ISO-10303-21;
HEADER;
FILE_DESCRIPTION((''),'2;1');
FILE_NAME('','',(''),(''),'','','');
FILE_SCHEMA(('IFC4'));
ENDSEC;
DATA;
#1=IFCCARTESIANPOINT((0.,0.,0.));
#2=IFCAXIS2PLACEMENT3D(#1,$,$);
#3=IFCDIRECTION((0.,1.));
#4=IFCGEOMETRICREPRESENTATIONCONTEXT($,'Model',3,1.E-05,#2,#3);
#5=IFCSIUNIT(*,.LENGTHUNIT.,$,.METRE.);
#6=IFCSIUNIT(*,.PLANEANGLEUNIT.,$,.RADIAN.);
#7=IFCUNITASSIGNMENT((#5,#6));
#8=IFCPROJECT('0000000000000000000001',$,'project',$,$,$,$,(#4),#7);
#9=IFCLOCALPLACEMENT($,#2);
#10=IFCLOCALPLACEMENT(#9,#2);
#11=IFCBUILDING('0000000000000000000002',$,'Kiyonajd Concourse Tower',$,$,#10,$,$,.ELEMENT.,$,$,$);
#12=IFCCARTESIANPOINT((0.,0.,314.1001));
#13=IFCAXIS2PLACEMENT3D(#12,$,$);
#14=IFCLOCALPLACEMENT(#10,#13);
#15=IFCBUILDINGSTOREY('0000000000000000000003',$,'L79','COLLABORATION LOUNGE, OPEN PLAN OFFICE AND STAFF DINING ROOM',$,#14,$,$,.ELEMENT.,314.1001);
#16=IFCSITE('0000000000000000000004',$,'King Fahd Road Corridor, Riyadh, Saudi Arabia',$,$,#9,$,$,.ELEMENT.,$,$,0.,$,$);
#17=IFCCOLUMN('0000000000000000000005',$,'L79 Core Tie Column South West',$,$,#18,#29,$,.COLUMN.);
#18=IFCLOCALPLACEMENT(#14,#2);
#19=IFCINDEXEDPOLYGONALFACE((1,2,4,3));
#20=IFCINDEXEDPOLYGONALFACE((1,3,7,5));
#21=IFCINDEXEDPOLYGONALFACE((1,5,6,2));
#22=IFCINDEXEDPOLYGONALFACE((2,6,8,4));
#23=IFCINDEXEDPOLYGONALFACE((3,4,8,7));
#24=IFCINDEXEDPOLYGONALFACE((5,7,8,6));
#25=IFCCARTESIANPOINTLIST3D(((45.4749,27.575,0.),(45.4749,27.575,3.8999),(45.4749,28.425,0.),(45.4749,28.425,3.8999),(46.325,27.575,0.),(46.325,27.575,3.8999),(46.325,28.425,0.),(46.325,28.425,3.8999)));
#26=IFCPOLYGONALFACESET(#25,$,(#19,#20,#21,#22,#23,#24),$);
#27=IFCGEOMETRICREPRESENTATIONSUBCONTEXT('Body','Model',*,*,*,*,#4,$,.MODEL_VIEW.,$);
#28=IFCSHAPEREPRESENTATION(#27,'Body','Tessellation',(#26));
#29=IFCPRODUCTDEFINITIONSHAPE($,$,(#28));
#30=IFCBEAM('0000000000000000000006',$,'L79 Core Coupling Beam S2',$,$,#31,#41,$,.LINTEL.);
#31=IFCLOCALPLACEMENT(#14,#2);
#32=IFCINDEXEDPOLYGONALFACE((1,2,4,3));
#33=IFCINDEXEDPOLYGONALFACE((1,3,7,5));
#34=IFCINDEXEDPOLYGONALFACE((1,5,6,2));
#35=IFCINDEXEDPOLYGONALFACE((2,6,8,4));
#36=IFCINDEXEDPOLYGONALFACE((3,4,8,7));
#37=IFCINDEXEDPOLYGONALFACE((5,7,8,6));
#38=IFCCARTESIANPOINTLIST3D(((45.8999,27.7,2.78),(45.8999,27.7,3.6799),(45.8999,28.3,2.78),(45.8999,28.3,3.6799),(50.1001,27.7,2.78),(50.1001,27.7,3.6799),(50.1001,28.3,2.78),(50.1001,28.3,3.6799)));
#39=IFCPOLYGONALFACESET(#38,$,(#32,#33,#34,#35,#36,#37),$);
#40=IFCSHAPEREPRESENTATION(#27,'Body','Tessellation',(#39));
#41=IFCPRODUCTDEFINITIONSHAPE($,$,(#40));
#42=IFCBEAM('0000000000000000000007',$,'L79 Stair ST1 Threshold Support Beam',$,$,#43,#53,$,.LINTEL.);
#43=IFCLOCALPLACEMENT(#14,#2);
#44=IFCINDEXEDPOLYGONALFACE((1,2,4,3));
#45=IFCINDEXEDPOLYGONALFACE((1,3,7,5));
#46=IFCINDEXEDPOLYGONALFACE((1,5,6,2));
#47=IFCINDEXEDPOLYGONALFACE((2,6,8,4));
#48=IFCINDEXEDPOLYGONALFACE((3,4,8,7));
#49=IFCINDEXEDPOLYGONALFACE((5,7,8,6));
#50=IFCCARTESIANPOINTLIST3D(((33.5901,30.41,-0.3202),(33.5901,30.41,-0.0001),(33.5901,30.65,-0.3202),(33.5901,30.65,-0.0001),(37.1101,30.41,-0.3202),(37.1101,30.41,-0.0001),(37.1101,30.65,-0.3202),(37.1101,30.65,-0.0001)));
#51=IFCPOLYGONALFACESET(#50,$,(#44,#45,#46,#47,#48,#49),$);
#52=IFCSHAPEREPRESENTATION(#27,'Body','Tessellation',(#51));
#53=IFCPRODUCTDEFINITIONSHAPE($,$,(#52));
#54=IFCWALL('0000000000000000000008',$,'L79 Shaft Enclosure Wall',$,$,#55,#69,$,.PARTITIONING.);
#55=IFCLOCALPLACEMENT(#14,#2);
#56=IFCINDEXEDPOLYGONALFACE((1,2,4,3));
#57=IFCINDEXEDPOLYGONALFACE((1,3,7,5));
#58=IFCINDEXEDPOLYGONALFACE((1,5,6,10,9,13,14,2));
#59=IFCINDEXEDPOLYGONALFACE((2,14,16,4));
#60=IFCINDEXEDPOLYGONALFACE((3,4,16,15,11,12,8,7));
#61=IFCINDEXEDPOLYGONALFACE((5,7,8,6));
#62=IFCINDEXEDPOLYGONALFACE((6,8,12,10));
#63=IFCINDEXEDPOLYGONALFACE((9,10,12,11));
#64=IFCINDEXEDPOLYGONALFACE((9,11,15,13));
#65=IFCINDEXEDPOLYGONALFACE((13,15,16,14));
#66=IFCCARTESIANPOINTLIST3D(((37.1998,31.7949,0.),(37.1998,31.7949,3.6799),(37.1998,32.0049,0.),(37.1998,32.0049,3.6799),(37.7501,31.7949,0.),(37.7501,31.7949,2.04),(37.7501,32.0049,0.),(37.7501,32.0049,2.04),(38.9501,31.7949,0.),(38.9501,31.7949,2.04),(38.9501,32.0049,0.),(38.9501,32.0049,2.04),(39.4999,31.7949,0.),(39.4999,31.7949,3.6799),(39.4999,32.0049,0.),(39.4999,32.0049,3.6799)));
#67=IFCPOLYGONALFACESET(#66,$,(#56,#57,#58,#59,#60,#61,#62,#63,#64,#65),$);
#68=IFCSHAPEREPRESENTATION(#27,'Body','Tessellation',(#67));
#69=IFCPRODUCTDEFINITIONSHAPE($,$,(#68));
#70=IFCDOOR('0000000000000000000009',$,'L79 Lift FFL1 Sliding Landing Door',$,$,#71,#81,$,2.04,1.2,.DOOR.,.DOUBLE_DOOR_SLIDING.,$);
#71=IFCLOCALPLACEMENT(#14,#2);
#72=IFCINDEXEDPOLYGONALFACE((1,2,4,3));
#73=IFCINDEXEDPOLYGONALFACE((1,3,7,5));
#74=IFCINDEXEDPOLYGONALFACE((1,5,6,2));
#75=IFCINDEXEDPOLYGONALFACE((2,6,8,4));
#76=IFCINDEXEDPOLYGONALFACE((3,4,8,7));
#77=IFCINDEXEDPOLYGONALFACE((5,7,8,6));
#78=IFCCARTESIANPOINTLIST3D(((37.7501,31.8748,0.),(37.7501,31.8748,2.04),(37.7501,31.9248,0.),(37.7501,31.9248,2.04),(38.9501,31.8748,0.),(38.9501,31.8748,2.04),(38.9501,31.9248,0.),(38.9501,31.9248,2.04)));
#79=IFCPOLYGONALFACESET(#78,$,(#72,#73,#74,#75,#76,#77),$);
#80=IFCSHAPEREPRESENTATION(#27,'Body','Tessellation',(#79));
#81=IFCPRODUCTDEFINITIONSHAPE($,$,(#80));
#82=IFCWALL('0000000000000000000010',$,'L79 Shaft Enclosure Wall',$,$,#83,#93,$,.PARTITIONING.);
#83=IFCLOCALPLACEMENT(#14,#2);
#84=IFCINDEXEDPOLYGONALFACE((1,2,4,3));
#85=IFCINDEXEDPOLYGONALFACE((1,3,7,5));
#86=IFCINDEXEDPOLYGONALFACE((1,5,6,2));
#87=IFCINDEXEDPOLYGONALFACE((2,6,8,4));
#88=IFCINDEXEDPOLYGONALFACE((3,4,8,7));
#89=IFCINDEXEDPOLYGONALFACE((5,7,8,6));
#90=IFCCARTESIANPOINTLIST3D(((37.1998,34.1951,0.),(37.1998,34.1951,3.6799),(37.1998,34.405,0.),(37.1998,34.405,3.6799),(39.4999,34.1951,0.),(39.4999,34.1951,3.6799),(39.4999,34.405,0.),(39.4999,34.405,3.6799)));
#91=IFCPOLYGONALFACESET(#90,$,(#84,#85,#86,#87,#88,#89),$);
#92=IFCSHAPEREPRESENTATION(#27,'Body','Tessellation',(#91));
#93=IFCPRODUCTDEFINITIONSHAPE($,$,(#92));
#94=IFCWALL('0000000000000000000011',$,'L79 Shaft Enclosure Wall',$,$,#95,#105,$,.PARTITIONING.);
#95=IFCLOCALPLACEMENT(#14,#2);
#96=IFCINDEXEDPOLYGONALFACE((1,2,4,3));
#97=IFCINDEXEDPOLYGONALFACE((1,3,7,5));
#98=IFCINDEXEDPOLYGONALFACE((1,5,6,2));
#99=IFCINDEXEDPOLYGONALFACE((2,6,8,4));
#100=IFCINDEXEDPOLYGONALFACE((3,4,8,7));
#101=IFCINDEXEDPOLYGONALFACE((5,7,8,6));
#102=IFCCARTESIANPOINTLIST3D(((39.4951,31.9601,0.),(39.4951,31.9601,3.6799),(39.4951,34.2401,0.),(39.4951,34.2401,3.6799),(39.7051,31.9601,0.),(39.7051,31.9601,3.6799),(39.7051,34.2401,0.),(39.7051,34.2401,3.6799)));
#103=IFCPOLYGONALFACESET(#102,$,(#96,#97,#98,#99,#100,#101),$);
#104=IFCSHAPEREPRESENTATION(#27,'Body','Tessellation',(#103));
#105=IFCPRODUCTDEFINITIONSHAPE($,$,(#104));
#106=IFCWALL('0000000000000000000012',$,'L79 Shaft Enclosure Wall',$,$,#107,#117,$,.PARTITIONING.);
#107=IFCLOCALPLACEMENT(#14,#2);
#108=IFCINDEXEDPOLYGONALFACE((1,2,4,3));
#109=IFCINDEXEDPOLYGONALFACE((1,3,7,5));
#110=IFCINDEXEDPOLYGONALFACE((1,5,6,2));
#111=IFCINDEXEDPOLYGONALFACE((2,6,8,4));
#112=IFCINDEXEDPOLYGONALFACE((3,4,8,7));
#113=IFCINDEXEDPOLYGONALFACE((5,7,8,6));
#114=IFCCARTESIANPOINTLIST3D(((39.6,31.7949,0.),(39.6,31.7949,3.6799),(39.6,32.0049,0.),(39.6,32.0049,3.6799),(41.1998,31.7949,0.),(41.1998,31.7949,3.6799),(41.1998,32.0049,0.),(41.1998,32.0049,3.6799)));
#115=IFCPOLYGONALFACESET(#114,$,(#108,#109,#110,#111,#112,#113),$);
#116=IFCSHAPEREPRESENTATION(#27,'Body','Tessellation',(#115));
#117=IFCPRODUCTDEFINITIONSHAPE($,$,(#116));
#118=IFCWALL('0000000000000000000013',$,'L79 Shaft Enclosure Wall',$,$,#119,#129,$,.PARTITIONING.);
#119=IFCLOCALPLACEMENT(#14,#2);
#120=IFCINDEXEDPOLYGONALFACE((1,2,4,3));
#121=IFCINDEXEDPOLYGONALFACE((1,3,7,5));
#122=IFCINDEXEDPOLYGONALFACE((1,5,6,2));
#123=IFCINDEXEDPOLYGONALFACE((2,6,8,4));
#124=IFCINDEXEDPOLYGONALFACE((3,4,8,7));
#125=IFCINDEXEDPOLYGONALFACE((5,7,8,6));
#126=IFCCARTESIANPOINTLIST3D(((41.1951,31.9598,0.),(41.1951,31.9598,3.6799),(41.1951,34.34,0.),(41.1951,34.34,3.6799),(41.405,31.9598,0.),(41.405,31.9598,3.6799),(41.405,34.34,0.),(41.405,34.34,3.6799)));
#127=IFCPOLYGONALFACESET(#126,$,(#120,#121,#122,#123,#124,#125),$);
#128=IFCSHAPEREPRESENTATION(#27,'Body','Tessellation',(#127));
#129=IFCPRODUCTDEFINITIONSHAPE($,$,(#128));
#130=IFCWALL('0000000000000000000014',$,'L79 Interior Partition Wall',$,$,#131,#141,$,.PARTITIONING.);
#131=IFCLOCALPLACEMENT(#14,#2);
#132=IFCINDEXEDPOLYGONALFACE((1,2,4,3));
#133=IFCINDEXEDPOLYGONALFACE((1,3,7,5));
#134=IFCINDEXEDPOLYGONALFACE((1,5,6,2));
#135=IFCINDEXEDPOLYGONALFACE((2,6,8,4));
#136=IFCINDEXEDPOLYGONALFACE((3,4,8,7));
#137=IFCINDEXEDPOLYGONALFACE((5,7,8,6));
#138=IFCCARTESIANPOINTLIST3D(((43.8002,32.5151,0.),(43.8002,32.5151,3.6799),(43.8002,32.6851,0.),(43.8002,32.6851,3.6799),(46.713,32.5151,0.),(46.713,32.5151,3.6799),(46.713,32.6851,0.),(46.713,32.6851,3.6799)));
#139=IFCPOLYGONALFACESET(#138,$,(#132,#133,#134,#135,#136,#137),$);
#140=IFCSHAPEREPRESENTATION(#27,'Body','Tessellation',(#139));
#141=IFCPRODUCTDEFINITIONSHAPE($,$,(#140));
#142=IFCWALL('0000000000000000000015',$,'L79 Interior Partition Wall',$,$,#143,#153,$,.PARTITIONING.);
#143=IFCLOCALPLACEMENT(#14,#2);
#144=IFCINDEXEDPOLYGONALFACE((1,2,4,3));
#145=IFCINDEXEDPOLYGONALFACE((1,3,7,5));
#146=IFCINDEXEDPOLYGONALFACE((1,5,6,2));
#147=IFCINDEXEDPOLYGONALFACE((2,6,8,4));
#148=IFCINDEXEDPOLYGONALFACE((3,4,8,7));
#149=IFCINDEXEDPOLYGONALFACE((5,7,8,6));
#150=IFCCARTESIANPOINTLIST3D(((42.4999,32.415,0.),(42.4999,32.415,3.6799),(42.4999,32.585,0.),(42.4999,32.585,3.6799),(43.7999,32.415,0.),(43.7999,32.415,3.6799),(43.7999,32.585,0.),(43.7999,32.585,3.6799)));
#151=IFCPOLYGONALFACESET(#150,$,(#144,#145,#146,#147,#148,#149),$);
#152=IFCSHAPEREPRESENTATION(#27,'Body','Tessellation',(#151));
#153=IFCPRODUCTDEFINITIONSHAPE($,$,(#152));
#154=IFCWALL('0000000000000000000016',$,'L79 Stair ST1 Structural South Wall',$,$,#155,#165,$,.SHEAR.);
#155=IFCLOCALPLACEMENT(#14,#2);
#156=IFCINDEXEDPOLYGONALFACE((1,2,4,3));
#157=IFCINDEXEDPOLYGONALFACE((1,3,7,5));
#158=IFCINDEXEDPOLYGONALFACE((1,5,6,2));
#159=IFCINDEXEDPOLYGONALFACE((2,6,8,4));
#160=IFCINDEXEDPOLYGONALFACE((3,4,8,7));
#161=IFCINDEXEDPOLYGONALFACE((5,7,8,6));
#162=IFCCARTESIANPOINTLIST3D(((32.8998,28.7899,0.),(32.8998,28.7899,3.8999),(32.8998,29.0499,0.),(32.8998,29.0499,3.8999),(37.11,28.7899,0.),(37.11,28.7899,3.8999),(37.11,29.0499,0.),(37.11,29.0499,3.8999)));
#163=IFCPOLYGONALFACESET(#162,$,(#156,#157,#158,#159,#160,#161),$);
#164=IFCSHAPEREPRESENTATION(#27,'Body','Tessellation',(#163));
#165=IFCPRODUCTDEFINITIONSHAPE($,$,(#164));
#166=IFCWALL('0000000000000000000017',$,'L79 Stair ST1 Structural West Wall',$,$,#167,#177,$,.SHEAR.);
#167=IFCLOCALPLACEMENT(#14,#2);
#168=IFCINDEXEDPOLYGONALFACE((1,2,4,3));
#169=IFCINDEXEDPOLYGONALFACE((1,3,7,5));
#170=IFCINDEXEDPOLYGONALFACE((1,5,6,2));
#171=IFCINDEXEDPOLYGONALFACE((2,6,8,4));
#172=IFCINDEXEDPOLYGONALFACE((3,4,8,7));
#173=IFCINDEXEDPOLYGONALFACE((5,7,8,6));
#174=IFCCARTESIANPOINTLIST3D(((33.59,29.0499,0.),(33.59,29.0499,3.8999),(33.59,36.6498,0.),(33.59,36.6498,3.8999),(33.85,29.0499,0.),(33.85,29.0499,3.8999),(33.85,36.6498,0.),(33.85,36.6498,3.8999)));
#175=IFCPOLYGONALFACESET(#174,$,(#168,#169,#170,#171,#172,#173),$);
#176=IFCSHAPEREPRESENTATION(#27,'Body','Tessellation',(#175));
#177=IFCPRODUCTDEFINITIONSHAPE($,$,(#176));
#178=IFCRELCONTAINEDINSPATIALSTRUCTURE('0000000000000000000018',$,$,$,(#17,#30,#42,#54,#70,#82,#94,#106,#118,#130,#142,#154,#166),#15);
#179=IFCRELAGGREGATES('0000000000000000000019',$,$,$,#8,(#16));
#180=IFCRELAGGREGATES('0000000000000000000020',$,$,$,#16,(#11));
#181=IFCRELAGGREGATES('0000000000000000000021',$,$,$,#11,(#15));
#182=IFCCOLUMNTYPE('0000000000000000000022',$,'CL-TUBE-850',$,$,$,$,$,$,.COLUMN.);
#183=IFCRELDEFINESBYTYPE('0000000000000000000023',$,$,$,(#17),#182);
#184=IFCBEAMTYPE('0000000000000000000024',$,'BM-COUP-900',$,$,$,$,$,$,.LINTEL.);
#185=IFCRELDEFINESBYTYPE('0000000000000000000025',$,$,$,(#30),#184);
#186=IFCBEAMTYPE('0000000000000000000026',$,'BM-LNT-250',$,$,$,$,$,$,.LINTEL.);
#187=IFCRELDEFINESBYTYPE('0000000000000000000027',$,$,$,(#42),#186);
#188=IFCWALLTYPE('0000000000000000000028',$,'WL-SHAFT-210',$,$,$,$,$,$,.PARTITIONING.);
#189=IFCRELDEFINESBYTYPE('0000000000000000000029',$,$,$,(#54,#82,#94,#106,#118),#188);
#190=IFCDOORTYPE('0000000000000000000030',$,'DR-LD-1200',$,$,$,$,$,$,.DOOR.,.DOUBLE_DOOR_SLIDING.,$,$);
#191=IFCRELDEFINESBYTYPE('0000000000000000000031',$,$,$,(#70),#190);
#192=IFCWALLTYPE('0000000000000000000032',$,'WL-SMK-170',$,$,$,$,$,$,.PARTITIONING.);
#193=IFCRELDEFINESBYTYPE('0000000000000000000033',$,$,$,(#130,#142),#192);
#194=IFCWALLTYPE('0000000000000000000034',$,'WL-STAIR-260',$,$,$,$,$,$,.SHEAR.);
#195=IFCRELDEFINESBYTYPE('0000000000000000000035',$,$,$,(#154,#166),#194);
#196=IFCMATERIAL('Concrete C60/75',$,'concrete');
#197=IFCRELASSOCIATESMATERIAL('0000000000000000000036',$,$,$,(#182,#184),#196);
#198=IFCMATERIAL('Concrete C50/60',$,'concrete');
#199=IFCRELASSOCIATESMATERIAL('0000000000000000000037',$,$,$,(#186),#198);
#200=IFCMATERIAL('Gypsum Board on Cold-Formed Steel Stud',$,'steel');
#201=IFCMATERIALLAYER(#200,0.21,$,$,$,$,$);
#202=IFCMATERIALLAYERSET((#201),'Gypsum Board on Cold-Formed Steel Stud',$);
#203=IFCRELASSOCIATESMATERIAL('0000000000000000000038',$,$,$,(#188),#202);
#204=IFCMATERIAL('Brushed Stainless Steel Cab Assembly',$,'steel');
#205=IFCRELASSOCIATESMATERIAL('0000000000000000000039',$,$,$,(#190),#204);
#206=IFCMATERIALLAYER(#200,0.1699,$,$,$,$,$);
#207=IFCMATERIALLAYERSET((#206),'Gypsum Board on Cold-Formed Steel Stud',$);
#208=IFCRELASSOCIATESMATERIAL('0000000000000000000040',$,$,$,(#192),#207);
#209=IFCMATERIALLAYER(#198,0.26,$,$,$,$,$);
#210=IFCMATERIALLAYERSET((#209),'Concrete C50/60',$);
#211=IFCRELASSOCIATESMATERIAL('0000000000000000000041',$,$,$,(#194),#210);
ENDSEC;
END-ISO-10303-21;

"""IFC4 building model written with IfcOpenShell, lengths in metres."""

from ifc_helpers import new_model, si_unit, direction, frame, frame_2d, origin, origin_2d, place, context, subcontext, project, spatial, rectangle, extrude, material, layer, layer_set, material_profile, profile_set, type_object, element, fill, save


model = new_model("IFC4")

# Units and contexts
model_context = context("Model", 3, precision=1e-05, world=origin(), true_north=direction((0.0, 1.0)))
body_context = subcontext(model_context, "Body", "Model", "MODEL_VIEW")
ifc_project = project(units=[si_unit("LENGTHUNIT", "METRE"), si_unit("PLANEANGLEUNIT", "RADIAN")], contexts=[model_context])

# Site, building, storey
site_placement = place(None, origin())
site = spatial("IfcSite", under=ifc_project, at=site_placement, Name="King Fahd Road Corridor, Riyadh, Saudi Arabia", CompositionType="ELEMENT", RefElevation=0.0)
building_placement = place(site_placement, origin())
building = spatial("IfcBuilding", under=site, at=building_placement, Name="Kiyonajd Concourse Tower", CompositionType="ELEMENT")
storey_placement = place(building_placement, frame((0.0, 0.0, 314.1001)))
storey = spatial("IfcBuildingStorey", under=building, at=storey_placement, Name="L79", Description="COLLABORATION LOUNGE, OPEN PLAN OFFICE AND STAFF DINING ROOM", CompositionType="ELEMENT", Elevation=314.1001)

# Column
ifc_material_1 = material(Name="Concrete C60/75", Category="concrete")
ifc_material_profile_1 = material_profile(ifc_material_1, rectangle(XDim=0.8501, YDim=0.8501, at=origin_2d()), Name="RC-850x850")
ifc_profile_set_1 = profile_set([ifc_material_profile_1], Name="Concrete C60/75")
column_type = type_object("IfcColumnType", Name="CL-TUBE-850", PredefinedType="COLUMN", material=ifc_profile_set_1)
column_placement = place(storey_placement, frame((45.8999, 28.0, 0.0), z_axis=(0.0, 0.0, 1.0), x_axis=(1.0, 0.0, 0.0)))
element("IfcColumn", 1, at=column_placement, inside=storey, type_object=column_type, Name="L79 Core Tie Column South West", PredefinedType="COLUMN", context=body_context, shape_type="SweptSolid", body=[
    extrude(rectangle(XDim=0.8501, YDim=0.8501, at=origin_2d()), origin(), (0.0, 0.0, 1.0), 3.8999),
])

# Beams
ifc_material_profile_2 = material_profile(ifc_material_1, rectangle(XDim=0.6001, YDim=0.8999, at=origin_2d()), Name="RCBM-600x900")
ifc_profile_set_2 = profile_set([ifc_material_profile_2], Name="Concrete C60/75")
beam_type_1 = type_object("IfcBeamType", Name="BM-COUP-900", PredefinedType="LINTEL", material=ifc_profile_set_2)
beam_1_placement = place(storey_placement, frame((45.8999, 28.0, 3.23), z_axis=(1.0, 0.0, 0.0), x_axis=(0.0, 1.0, 0.0)))
element("IfcBeam", 2, at=beam_1_placement, inside=storey, type_object=beam_type_1, Name="L79 Core Coupling Beam S2", PredefinedType="LINTEL", context=body_context, shape_type="SweptSolid", body=[
    extrude(rectangle(XDim=0.6001, YDim=0.8999, at=origin_2d()), origin(), (0.0, 0.0, 1.0), 4.2002),
])
ifc_material_2 = material(Name="Concrete C50/60", Category="concrete")
ifc_material_profile_3 = material_profile(ifc_material_2, rectangle(XDim=0.24, YDim=0.3201, at=origin_2d()), Name="RCBM-240x320")
ifc_profile_set_3 = profile_set([ifc_material_profile_3], Name="Concrete C50/60")
beam_type_2 = type_object("IfcBeamType", Name="BM-LNT-250", PredefinedType="LINTEL", material=ifc_profile_set_3)
beam_2_placement = place(storey_placement, frame((33.5901, 30.53, -0.1602), z_axis=(1.0, 0.0, 0.0), x_axis=(0.0, 1.0, 0.0)))
element("IfcBeam", 3, at=beam_2_placement, inside=storey, type_object=beam_type_2, Name="L79 Stair ST1 Threshold Support Beam", PredefinedType="LINTEL", context=body_context, shape_type="SweptSolid", body=[
    extrude(rectangle(XDim=0.24, YDim=0.3201, at=origin_2d()), origin(), (0.0, 0.0, 1.0), 3.52),
])

# Wall, opening, door
ifc_material_3 = material(Name="Gypsum Board on Cold-Formed Steel Stud", Category="steel")
ifc_layer_1 = layer(ifc_material_3, 0.21)
ifc_layer_set_1 = layer_set([ifc_layer_1], Name="Gypsum Board on Cold-Formed Steel Stud")
wall_type_1 = type_object("IfcWallType", Name="WL-SHAFT-210", PredefinedType="PARTITIONING", material=ifc_layer_set_1)
wall_1_placement = place(storey_placement, frame((37.2, 31.8999, 0.0), z_axis=(0.0, 0.0, 1.0), x_axis=(1.0, 0.0, 0.0)))
wall_1 = element("IfcWall", 4, at=wall_1_placement, inside=storey, type_object=wall_type_1, Name="L79 Shaft Enclosure Wall", PredefinedType="PARTITIONING", context=body_context, shape_type="SweptSolid", body=[
    extrude(rectangle(XDim=2.3, YDim=0.21, at=frame_2d((1.1499, 0.0))), origin(), (0.0, 0.0, 1.0), 3.6799),
])
opening_1_placement = place(wall_1_placement, frame((0.55, 0.0, 0.0)))
opening_1 = element("IfcOpeningElement", 5, at=opening_1_placement, cuts=wall_1, PredefinedType="OPENING", context=body_context, shape_type="SweptSolid", body=[
    extrude(rectangle(XDim=1.2, YDim=2.04, at=frame_2d((0.6001, 1.02))), frame((0.0, 0.115, 0.0), z_axis=(0.0, -1.0, 0.0), x_axis=(1.0, 0.0, 0.0)), (0.0, 0.0, 1.0), 0.23),
])
ifc_material_4 = material(Name="Brushed Stainless Steel Cab Assembly", Category="steel")
door_type_1 = type_object("IfcDoorType", Name="DR-LD-1200", OperationType="DOUBLE_DOOR_SLIDING", PredefinedType="DOOR", material=ifc_material_4)
door_1_placement = place(opening_1_placement, origin())
door_1 = element("IfcDoor", 6, at=door_1_placement, inside=storey, type_object=door_type_1, Name="L79 Lift FFL1 Sliding Landing Door", OperationType="DOUBLE_DOOR_SLIDING", OverallHeight=2.04, OverallWidth=1.2, PredefinedType="DOOR", context=body_context, shape_type="SweptSolid", body=[
    extrude(rectangle(XDim=1.2, YDim=2.04, at=frame_2d((0.6001, 1.02))), frame((0.0, 0.0249, 0.0), z_axis=(0.0, -1.0, 0.0), x_axis=(1.0, 0.0, 0.0)), (0.0, 0.0, 1.0), 0.05),
])
fill(opening_1, door_1)

# Walls
wall_2_placement = place(storey_placement, frame((37.2, 34.3, 0.0), z_axis=(0.0, 0.0, 1.0), x_axis=(1.0, 0.0, 0.0)))
element("IfcWall", 7, at=wall_2_placement, inside=storey, type_object=wall_type_1, Name="L79 Shaft Enclosure Wall", PredefinedType="PARTITIONING", context=body_context, shape_type="SweptSolid", body=[
    extrude(rectangle(XDim=2.3, YDim=0.21, at=frame_2d((1.1499, 0.0))), origin(), (0.0, 0.0, 1.0), 3.6799),
])
wall_3_placement = place(storey_placement, frame((39.6001, 31.96, 0.0), z_axis=(0.0, 0.0, 1.0), x_axis=(0.0, 1.0, 0.0)))
element("IfcWall", 8, at=wall_3_placement, inside=storey, type_object=wall_type_1, Name="L79 Shaft Enclosure Wall", PredefinedType="PARTITIONING", context=body_context, shape_type="SweptSolid", body=[
    extrude(rectangle(XDim=2.28, YDim=0.21, at=frame_2d((1.1401, 0.0))), origin(), (0.0, 0.0, 1.0), 3.6799),
])
wall_4_placement = place(storey_placement, frame((39.6001, 31.8999, 0.0), z_axis=(0.0, 0.0, 1.0), x_axis=(1.0, 0.0, 0.0)))
element("IfcWall", 9, at=wall_4_placement, inside=storey, type_object=wall_type_1, Name="L79 Shaft Enclosure Wall", PredefinedType="PARTITIONING", context=body_context, shape_type="SweptSolid", body=[
    extrude(rectangle(XDim=1.5999, YDim=0.21, at=frame_2d((0.7998, 0.0))), origin(), (0.0, 0.0, 1.0), 3.6799),
])
wall_5_placement = place(storey_placement, frame((41.3, 31.96, 0.0), z_axis=(0.0, 0.0, 1.0), x_axis=(0.0, 1.0, 0.0)))
element("IfcWall", 10, at=wall_5_placement, inside=storey, type_object=wall_type_1, Name="L79 Shaft Enclosure Wall", PredefinedType="PARTITIONING", context=body_context, shape_type="SweptSolid", body=[
    extrude(rectangle(XDim=2.3801, YDim=0.21, at=frame_2d((1.1899, 0.0))), origin(), (0.0, 0.0, 1.0), 3.6799),
])
ifc_layer_2 = layer(ifc_material_3, 0.1699)
ifc_layer_set_2 = layer_set([ifc_layer_2], Name="Gypsum Board on Cold-Formed Steel Stud")
wall_type_2 = type_object("IfcWallType", Name="WL-SMK-170", PredefinedType="PARTITIONING", material=ifc_layer_set_2)
wall_6_placement = place(storey_placement, frame((43.8, 32.6001, 0.0), z_axis=(0.0, 0.0, 1.0), x_axis=(1.0, 0.0, 0.0)))
element("IfcWall", 11, at=wall_6_placement, inside=storey, type_object=wall_type_2, Name="L79 Interior Partition Wall", PredefinedType="PARTITIONING", context=body_context, shape_type="SweptSolid", body=[
    extrude(rectangle(XDim=2.9128, YDim=0.1699, at=frame_2d((1.4565, 0.0))), origin(), (0.0, 0.0, 1.0), 3.6799),
])
wall_7_placement = place(storey_placement, frame((42.5, 32.5, 0.0), z_axis=(0.0, 0.0, 1.0), x_axis=(1.0, 0.0, 0.0)))
element("IfcWall", 12, at=wall_7_placement, inside=storey, type_object=wall_type_2, Name="L79 Interior Partition Wall", PredefinedType="PARTITIONING", context=body_context, shape_type="SweptSolid", body=[
    extrude(rectangle(XDim=1.3, YDim=0.1699, at=frame_2d((0.6499, 0.0))), origin(), (0.0, 0.0, 1.0), 3.6799),
])
ifc_layer_3 = layer(ifc_material_2, 0.26)
ifc_layer_set_3 = layer_set([ifc_layer_3], Name="Concrete C50/60")
wall_type_3 = type_object("IfcWallType", Name="WL-STAIR-260", PredefinedType="SHEAR", material=ifc_layer_set_3)
wall_8_placement = place(storey_placement, frame((32.8999, 28.9199, 0.0), z_axis=(0.0, 0.0, 1.0), x_axis=(1.0, 0.0, 0.0)))
element("IfcWall", 13, at=wall_8_placement, inside=storey, type_object=wall_type_3, Name="L79 Stair ST1 Structural South Wall", PredefinedType="SHEAR", context=body_context, shape_type="SweptSolid", body=[
    extrude(rectangle(XDim=4.2102, YDim=0.26, at=frame_2d((2.105, 0.0))), origin(), (0.0, 0.0, 1.0), 3.8999),
])
wall_9_placement = place(storey_placement, frame((33.72, 29.05, 0.0), z_axis=(0.0, 0.0, 1.0), x_axis=(0.0, 1.0, 0.0)))
element("IfcWall", 14, at=wall_9_placement, inside=storey, type_object=wall_type_3, Name="L79 Stair ST1 Structural West Wall", PredefinedType="SHEAR", context=body_context, shape_type="SweptSolid", body=[
    extrude(rectangle(XDim=7.5999, YDim=0.26, at=frame_2d((3.7998, 0.0))), origin(), (0.0, 0.0, 1.0), 3.8999),
])

save(model, "model.ifc")
